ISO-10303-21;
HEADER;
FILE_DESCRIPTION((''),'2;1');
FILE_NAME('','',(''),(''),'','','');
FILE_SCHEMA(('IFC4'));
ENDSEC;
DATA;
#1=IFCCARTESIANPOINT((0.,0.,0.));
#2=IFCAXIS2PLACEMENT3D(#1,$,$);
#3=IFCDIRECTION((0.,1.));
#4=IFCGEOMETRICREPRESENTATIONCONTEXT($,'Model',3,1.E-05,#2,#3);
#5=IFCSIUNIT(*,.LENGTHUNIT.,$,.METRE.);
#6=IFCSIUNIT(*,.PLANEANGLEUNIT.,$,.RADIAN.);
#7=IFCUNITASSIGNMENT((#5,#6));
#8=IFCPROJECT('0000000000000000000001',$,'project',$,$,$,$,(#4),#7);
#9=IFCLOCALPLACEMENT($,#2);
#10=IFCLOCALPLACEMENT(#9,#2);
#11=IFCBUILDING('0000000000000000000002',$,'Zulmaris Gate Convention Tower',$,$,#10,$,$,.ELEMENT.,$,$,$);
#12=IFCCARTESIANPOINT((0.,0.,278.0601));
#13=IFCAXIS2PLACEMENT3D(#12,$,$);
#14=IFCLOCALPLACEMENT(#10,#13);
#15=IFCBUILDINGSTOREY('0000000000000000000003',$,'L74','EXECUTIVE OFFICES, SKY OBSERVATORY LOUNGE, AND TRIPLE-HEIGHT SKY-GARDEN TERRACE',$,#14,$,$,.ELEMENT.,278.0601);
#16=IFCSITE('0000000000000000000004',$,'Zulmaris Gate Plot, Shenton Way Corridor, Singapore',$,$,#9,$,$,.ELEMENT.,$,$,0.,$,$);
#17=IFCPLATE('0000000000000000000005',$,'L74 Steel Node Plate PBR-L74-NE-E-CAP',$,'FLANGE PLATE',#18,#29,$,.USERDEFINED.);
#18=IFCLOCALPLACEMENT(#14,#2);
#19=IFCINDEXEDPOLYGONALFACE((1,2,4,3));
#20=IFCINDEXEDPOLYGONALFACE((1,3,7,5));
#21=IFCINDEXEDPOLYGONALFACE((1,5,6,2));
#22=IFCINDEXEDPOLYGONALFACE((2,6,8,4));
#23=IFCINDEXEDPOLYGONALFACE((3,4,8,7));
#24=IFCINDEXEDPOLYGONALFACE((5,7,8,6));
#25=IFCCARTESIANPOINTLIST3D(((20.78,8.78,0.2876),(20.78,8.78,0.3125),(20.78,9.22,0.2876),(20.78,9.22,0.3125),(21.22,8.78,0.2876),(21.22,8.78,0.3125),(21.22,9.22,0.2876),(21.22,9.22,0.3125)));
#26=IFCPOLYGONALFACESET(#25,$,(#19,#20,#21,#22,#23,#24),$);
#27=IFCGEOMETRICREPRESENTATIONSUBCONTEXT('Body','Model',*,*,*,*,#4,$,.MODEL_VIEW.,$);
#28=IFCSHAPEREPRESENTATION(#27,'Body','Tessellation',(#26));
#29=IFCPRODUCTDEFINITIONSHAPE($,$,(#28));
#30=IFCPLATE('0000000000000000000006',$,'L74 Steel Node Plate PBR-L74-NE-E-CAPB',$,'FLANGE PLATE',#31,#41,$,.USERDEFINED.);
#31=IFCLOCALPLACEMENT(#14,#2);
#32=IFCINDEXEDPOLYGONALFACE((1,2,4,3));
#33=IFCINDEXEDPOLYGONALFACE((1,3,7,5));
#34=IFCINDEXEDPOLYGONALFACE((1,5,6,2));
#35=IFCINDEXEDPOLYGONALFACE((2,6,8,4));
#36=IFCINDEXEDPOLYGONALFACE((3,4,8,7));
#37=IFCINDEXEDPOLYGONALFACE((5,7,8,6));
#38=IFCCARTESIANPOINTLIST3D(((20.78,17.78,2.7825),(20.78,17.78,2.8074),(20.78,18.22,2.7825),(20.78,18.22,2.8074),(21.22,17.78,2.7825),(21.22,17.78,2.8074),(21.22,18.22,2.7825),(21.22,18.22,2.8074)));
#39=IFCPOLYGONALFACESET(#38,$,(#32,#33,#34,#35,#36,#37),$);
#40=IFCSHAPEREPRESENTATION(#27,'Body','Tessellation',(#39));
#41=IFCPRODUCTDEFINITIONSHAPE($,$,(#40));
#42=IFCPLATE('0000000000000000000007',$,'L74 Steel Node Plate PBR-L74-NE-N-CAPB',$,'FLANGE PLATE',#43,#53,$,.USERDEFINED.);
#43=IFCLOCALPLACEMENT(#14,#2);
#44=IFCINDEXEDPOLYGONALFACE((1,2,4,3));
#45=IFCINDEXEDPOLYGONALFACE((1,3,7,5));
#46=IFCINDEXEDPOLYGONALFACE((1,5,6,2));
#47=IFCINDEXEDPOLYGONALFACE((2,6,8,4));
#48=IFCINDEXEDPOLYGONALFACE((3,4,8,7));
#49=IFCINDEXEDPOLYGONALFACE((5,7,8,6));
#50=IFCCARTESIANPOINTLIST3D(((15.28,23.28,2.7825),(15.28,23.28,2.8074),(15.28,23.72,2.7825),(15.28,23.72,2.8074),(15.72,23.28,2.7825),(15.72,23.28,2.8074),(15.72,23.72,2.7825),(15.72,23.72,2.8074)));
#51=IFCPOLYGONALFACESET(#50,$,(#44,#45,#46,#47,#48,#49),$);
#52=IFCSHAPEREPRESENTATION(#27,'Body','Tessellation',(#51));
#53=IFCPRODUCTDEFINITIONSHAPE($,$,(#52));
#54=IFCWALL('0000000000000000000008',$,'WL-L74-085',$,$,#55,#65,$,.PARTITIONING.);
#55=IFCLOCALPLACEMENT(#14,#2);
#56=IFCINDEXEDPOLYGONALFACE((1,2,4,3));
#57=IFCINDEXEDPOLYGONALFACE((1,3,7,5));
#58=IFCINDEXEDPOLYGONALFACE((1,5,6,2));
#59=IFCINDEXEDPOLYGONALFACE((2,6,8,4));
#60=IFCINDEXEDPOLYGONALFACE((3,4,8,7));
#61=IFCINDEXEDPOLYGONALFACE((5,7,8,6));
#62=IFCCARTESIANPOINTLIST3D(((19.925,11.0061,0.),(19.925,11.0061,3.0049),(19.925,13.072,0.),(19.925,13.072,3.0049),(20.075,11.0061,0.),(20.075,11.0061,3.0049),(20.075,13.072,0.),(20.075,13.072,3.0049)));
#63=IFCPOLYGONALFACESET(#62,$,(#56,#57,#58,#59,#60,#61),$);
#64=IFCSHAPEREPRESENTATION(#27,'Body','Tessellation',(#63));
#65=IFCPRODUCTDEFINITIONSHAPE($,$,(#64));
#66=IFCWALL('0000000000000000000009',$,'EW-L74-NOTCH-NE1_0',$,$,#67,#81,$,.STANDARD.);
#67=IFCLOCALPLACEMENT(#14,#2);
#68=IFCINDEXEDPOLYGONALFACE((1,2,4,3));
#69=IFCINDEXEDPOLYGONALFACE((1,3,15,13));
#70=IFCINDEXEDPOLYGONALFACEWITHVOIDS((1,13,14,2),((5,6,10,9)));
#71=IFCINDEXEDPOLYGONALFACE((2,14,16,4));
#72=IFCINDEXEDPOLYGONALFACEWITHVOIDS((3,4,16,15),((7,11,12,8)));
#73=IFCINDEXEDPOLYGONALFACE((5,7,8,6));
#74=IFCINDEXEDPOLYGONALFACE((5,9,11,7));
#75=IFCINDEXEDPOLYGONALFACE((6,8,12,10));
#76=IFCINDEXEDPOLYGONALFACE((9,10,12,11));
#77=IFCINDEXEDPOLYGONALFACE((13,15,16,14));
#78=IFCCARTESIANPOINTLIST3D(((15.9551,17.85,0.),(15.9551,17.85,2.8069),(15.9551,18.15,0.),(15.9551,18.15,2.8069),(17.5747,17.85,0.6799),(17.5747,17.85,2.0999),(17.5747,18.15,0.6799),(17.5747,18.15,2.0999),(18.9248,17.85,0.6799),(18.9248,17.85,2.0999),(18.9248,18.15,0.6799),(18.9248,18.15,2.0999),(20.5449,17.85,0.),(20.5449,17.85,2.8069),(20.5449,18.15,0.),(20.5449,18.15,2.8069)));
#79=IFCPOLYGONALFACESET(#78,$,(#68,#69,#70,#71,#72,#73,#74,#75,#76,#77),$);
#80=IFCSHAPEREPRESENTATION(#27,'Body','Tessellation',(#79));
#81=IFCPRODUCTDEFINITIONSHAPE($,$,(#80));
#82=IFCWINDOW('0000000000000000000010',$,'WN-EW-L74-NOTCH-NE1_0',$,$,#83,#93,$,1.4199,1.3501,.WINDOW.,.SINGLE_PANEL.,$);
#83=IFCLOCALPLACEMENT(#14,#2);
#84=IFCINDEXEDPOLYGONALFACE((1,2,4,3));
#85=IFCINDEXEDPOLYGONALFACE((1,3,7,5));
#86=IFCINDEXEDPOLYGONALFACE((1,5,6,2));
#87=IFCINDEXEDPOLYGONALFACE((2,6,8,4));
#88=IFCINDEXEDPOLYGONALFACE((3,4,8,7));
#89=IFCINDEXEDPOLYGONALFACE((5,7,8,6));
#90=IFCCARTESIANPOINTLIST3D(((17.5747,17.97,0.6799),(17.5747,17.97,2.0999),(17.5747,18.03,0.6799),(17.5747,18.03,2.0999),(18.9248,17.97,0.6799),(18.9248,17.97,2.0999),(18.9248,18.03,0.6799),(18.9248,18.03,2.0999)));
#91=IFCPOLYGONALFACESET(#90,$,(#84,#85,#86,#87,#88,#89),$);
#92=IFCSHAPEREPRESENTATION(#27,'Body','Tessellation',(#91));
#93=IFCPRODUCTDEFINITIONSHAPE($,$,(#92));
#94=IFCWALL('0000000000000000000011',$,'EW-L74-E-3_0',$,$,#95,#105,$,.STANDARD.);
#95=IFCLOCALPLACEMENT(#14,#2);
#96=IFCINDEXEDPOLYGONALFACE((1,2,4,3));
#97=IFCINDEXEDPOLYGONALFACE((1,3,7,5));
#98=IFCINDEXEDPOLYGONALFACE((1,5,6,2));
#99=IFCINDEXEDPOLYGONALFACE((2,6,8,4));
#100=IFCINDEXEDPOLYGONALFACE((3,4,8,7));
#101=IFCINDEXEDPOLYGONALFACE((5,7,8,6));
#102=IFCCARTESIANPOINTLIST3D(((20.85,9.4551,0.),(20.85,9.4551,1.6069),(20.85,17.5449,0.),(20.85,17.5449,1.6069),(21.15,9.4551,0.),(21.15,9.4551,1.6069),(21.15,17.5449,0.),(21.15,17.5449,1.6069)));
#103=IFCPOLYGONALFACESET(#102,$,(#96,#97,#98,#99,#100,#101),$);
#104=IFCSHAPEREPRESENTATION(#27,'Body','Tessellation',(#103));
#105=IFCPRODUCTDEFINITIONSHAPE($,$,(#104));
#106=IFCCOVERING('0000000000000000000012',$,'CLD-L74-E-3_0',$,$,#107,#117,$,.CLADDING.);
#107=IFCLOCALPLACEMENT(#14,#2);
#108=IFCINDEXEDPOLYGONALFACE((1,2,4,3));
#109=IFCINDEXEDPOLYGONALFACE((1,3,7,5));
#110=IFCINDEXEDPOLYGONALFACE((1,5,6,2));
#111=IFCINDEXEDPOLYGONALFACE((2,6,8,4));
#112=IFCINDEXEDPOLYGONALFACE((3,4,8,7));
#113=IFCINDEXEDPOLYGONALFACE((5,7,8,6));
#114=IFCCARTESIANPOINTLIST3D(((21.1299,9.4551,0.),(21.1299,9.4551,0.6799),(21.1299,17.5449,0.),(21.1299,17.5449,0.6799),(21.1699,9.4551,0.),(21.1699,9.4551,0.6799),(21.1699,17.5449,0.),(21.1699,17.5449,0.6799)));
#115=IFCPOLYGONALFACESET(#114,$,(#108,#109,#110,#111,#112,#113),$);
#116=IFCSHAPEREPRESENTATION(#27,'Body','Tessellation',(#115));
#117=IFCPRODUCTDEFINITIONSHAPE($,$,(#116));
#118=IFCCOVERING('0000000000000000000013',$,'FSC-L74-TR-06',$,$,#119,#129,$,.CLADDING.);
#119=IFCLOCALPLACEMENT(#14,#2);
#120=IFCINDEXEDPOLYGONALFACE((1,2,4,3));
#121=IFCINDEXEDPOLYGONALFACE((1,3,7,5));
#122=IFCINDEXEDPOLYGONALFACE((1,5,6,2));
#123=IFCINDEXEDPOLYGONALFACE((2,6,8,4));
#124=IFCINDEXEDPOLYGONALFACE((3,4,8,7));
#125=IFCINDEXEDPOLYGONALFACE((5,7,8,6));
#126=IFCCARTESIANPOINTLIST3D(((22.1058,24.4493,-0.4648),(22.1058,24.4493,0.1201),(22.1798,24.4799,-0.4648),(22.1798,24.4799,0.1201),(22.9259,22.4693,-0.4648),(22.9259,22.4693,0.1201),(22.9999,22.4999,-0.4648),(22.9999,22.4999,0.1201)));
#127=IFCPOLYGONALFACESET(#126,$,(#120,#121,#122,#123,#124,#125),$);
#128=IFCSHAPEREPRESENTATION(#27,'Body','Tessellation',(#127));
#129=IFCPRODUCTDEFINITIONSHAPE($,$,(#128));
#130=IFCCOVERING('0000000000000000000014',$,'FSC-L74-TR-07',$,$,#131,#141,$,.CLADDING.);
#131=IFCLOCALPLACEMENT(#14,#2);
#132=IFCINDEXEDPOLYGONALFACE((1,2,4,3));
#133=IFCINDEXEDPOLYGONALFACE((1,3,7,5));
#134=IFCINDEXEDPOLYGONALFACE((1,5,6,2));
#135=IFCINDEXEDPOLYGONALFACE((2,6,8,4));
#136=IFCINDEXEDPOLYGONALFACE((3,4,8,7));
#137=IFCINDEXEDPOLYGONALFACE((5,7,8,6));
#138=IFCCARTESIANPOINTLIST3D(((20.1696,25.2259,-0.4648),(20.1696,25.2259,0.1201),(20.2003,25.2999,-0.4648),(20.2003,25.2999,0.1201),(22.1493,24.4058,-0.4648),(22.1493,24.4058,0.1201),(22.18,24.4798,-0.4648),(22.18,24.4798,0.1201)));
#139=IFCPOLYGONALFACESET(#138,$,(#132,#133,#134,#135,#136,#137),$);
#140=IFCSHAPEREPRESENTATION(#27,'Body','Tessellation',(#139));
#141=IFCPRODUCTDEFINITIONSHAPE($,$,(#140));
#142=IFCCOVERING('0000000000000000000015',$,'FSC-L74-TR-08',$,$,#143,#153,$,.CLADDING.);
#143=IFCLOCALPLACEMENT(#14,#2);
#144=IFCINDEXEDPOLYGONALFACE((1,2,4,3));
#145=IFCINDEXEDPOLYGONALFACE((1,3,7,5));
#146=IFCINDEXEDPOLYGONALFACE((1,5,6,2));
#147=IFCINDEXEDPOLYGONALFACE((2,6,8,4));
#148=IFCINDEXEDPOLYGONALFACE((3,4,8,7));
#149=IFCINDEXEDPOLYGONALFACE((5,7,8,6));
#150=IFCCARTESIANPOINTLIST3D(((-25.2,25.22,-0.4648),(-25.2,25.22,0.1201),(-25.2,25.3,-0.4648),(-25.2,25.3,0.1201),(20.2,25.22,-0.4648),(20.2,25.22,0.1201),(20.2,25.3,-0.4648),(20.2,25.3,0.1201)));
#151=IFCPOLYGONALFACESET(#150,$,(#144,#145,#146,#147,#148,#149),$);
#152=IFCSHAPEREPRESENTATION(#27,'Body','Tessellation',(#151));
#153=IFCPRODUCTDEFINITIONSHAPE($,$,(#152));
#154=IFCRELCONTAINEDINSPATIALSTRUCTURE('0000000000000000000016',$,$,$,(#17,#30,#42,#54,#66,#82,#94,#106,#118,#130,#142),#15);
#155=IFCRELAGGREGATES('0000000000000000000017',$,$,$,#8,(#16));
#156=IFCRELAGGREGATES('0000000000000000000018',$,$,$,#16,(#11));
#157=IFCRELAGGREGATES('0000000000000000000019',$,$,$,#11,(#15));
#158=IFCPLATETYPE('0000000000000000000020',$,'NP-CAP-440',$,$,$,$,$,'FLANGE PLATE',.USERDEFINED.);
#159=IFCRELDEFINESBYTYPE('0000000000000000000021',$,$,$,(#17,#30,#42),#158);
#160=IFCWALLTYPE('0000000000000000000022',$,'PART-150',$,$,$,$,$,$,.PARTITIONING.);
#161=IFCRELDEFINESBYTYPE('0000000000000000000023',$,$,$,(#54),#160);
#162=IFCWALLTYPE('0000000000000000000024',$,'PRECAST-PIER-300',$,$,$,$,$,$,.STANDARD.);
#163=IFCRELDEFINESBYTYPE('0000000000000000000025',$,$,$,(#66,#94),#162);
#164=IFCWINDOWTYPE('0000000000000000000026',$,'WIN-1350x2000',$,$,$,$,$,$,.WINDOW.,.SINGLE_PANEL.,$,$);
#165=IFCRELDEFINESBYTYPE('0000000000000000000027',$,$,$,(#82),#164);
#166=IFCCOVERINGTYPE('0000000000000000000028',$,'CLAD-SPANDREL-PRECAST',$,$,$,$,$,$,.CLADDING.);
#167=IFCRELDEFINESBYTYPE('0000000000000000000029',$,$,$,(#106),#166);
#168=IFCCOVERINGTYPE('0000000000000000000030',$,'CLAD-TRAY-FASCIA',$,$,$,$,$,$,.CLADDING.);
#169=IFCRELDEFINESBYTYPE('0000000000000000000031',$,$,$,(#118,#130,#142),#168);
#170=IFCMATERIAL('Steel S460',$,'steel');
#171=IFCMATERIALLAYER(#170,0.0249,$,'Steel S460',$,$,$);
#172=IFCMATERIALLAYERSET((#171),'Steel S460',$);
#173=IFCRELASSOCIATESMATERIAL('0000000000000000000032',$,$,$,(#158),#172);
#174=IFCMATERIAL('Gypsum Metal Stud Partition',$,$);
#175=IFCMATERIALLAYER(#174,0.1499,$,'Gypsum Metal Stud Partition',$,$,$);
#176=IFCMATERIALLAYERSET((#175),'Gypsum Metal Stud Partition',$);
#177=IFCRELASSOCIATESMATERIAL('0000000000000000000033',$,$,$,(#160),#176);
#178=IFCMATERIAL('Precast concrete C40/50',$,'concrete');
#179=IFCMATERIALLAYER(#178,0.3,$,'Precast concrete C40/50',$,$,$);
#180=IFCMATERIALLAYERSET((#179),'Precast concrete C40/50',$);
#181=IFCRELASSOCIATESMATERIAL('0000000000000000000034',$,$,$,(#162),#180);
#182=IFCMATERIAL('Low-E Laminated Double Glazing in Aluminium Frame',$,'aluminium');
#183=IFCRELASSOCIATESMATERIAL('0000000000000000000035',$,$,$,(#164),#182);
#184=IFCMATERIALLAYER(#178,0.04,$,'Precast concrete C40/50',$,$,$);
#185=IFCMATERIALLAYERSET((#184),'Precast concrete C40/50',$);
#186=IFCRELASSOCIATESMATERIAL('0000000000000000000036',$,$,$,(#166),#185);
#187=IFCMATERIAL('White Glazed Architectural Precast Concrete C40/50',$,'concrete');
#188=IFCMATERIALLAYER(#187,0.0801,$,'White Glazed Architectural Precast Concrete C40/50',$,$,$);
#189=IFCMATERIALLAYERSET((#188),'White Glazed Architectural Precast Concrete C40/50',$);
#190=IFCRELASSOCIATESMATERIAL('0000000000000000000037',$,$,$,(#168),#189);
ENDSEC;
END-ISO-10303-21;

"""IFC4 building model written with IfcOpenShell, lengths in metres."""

from ifc_helpers import new_model, si_unit, direction, frame, frame_2d, origin, origin_2d, place, context, subcontext, project, spatial, rectangle, extrude, material, layer, layer_set, type_object, element, fill, save


model = new_model("IFC4")

# Units and contexts
model_context = context("Model", 3, precision=1e-05, world=origin(), true_north=direction((0.0, 1.0)))
body_context = subcontext(model_context, "Body", "Model", "MODEL_VIEW")
ifc_project = project(units=[si_unit("LENGTHUNIT", "METRE"), si_unit("PLANEANGLEUNIT", "RADIAN")], contexts=[model_context])

# Site, building, storey
site_placement = place(None, origin())
site = spatial("IfcSite", under=ifc_project, at=site_placement, Name="Zulmaris Gate Plot, Shenton Way Corridor, Singapore", CompositionType="ELEMENT", RefElevation=0.0)
building_placement = place(site_placement, origin())
building = spatial("IfcBuilding", under=site, at=building_placement, Name="Zulmaris Gate Convention Tower", CompositionType="ELEMENT")
storey_placement = place(building_placement, frame((0.0, 0.0, 278.0601)))
storey = spatial("IfcBuildingStorey", under=building, at=storey_placement, Name="L74", Description="EXECUTIVE OFFICES, SKY OBSERVATORY LOUNGE, AND TRIPLE-HEIGHT SKY-GARDEN TERRACE", CompositionType="ELEMENT", Elevation=278.0601)

# Plates
ifc_material_1 = material(Name="Steel S460", Category="steel")
ifc_layer_1 = layer(ifc_material_1, 0.0249, Name="Steel S460")
ifc_layer_set_1 = layer_set([ifc_layer_1], Name="Steel S460")
plate_type = type_object("IfcPlateType", Name="NP-CAP-440", ElementType="FLANGE PLATE", PredefinedType="USERDEFINED", material=ifc_layer_set_1)
for number, where, z_axis, x_axis, name in (
    (1, (21.0, 9.0, 0.2876), (0.0, 0.0, 1.0), (1.0, 0.0, 0.0), "L74 Steel Node Plate PBR-L74-NE-E-CAP"),
    (2, (21.0, 18.0, 2.7825), (0.0, 0.0, 1.0), (1.0, 0.0, 0.0), "L74 Steel Node Plate PBR-L74-NE-E-CAPB"),
    (3, (15.5, 23.5, 2.7825), (0.0, 0.0, 1.0), (1.0, 0.0, 0.0), "L74 Steel Node Plate PBR-L74-NE-N-CAPB"),
):
    element("IfcPlate", number, at=place(storey_placement, frame(where, z_axis=z_axis, x_axis=x_axis)), inside=storey, type_object=plate_type, Name=name, ObjectType="FLANGE PLATE", PredefinedType="USERDEFINED", context=body_context, shape_type="SweptSolid", body=[
        extrude(rectangle(XDim=0.4399, YDim=0.4399, at=origin_2d()), origin(), (0.0, 0.0, 1.0), 0.0249),
    ])

# Wall
ifc_material_2 = material(Name="Gypsum Metal Stud Partition")
ifc_layer_2 = layer(ifc_material_2, 0.1499, Name="Gypsum Metal Stud Partition")
ifc_layer_set_2 = layer_set([ifc_layer_2], Name="Gypsum Metal Stud Partition")
wall_type_1 = type_object("IfcWallType", Name="PART-150", PredefinedType="PARTITIONING", material=ifc_layer_set_2)
wall_1_placement = place(storey_placement, frame((20.0, 11.0061, 0.0), z_axis=(0.0, 0.0, 1.0), x_axis=(0.0, 1.0, 0.0)))
element("IfcWall", 4, at=wall_1_placement, inside=storey, type_object=wall_type_1, Name="WL-L74-085", PredefinedType="PARTITIONING", context=body_context, shape_type="SweptSolid", body=[
    extrude(rectangle(XDim=2.0659, YDim=0.1499, at=frame_2d((1.033, 0.0))), origin(), (0.0, 0.0, 1.0), 3.0049),
])

# Wall, opening, window
ifc_material_3 = material(Name="Precast concrete C40/50", Category="concrete")
ifc_layer_3 = layer(ifc_material_3, 0.3, Name="Precast concrete C40/50")
ifc_layer_set_3 = layer_set([ifc_layer_3], Name="Precast concrete C40/50")
wall_type_2 = type_object("IfcWallType", Name="PRECAST-PIER-300", PredefinedType="STANDARD", material=ifc_layer_set_3)
wall_2_placement = place(storey_placement, frame((20.5449, 18.0, 0.0), z_axis=(0.0, 0.0, 1.0), x_axis=(-1.0, 0.0, 0.0)))
wall_2 = element("IfcWall", 5, at=wall_2_placement, inside=storey, type_object=wall_type_2, Name="EW-L74-NOTCH-NE1_0", PredefinedType="STANDARD", context=body_context, shape_type="SweptSolid", body=[
    extrude(rectangle(XDim=4.5898, YDim=0.3, at=frame_2d((2.2949, 0.0))), origin(), (0.0, 0.0, 1.0), 2.8069),
])
opening_placement = place(wall_2_placement, frame((1.6201, 0.0, 0.6799)))
opening = element("IfcOpeningElement", 6, at=opening_placement, cuts=wall_2, PredefinedType="OPENING", context=body_context, shape_type="SweptSolid", body=[
    extrude(rectangle(XDim=1.3501, YDim=1.4199, at=frame_2d((0.675, 0.71))), frame((0.0, 0.1602, 0.0), z_axis=(0.0, -1.0, 0.0), x_axis=(1.0, 0.0, 0.0)), (0.0, 0.0, 1.0), 0.3201),
])
ifc_material_4 = material(Name="Low-E Laminated Double Glazing in Aluminium Frame", Category="aluminium")
window_type = type_object("IfcWindowType", Name="WIN-1350x2000", PartitioningType="SINGLE_PANEL", PredefinedType="WINDOW", material=ifc_material_4)
window_placement = place(opening_placement, origin())
window = element("IfcWindow", 7, at=window_placement, inside=storey, type_object=window_type, Name="WN-EW-L74-NOTCH-NE1_0", OverallHeight=1.4199, OverallWidth=1.3501, PartitioningType="SINGLE_PANEL", PredefinedType="WINDOW", context=body_context, shape_type="SweptSolid", body=[
    extrude(rectangle(XDim=1.3501, YDim=1.4199, at=frame_2d((0.675, 0.71))), frame((0.0, 0.03, 0.0), z_axis=(0.0, -1.0, 0.0), x_axis=(1.0, 0.0, 0.0)), (0.0, 0.0, 1.0), 0.0601),
])
fill(opening, window)

# Wall
wall_3_placement = place(storey_placement, frame((21.0, 9.4551, 0.0), z_axis=(0.0, 0.0, 1.0), x_axis=(0.0, 1.0, 0.0)))
element("IfcWall", 8, at=wall_3_placement, inside=storey, type_object=wall_type_2, Name="EW-L74-E-3_0", PredefinedType="STANDARD", context=body_context, shape_type="SweptSolid", body=[
    extrude(rectangle(XDim=8.0898, YDim=0.3, at=frame_2d((4.0449, 0.0))), origin(), (0.0, 0.0, 1.0), 1.6069),
])

# Coverings
ifc_layer_4 = layer(ifc_material_3, 0.04, Name="Precast concrete C40/50")
ifc_layer_set_4 = layer_set([ifc_layer_4], Name="Precast concrete C40/50")
covering_type_1 = type_object("IfcCoveringType", Name="CLAD-SPANDREL-PRECAST", PredefinedType="CLADDING", material=ifc_layer_set_4)
covering_1_placement = place(storey_placement, frame((21.1499, 9.4551, 0.0), z_axis=(0.0, 0.0, 1.0), x_axis=(0.0, 1.0, 0.0)))
element("IfcCovering", 9, at=covering_1_placement, inside=storey, type_object=covering_type_1, Name="CLD-L74-E-3_0", PredefinedType="CLADDING", context=body_context, shape_type="SweptSolid", body=[
    extrude(rectangle(XDim=8.0898, YDim=0.04, at=frame_2d((4.0449, 0.0))), origin(), (0.0, 0.0, 1.0), 0.6799),
])
ifc_material_5 = material(Name="White Glazed Architectural Precast Concrete C40/50", Category="concrete")
ifc_layer_5 = layer(ifc_material_5, 0.0801, Name="White Glazed Architectural Precast Concrete C40/50")
ifc_layer_set_5 = layer_set([ifc_layer_5], Name="White Glazed Architectural Precast Concrete C40/50")
covering_type_2 = type_object("IfcCoveringType", Name="CLAD-TRAY-FASCIA", PredefinedType="CLADDING", material=ifc_layer_set_5)
covering_2_placement = place(storey_placement, frame((22.9629, 22.4846, -0.4648), z_axis=(0.0, 0.0, 1.0), x_axis=(-0.382657, 0.92389, 0.0)))
element("IfcCovering", 10, at=covering_2_placement, inside=storey, type_object=covering_type_2, Name="FSC-L74-TR-06", PredefinedType="CLADDING", context=body_context, shape_type="SweptSolid", body=[
    extrude(rectangle(XDim=2.1431, YDim=0.0801, at=frame_2d((1.0715, 0.0))), origin(), (0.0, 0.0, 1.0), 0.585),
])
covering_3_placement = place(storey_placement, frame((22.1646, 24.4429, -0.4648), z_axis=(0.0, 0.0, 1.0), x_axis=(-0.923874, 0.382697, 0.0)))
element("IfcCovering", 11, at=covering_3_placement, inside=storey, type_object=covering_type_2, Name="FSC-L74-TR-07", PredefinedType="CLADDING", context=body_context, shape_type="SweptSolid", body=[
    extrude(rectangle(XDim=2.1428, YDim=0.0801, at=frame_2d((1.0713, 0.0))), origin(), (0.0, 0.0, 1.0), 0.585),
])
covering_4_placement = place(storey_placement, frame((20.2, 25.26, -0.4648), z_axis=(0.0, 0.0, 1.0), x_axis=(-1.0, 0.0, 0.0)))
element("IfcCovering", 12, at=covering_4_placement, inside=storey, type_object=covering_type_2, Name="FSC-L74-TR-08", PredefinedType="CLADDING", context=body_context, shape_type="SweptSolid", body=[
    extrude(rectangle(XDim=45.3999, YDim=0.0801, at=frame_2d((22.7, 0.0))), origin(), (0.0, 0.0, 1.0), 0.585),
])

save(model, "model.ifc")
